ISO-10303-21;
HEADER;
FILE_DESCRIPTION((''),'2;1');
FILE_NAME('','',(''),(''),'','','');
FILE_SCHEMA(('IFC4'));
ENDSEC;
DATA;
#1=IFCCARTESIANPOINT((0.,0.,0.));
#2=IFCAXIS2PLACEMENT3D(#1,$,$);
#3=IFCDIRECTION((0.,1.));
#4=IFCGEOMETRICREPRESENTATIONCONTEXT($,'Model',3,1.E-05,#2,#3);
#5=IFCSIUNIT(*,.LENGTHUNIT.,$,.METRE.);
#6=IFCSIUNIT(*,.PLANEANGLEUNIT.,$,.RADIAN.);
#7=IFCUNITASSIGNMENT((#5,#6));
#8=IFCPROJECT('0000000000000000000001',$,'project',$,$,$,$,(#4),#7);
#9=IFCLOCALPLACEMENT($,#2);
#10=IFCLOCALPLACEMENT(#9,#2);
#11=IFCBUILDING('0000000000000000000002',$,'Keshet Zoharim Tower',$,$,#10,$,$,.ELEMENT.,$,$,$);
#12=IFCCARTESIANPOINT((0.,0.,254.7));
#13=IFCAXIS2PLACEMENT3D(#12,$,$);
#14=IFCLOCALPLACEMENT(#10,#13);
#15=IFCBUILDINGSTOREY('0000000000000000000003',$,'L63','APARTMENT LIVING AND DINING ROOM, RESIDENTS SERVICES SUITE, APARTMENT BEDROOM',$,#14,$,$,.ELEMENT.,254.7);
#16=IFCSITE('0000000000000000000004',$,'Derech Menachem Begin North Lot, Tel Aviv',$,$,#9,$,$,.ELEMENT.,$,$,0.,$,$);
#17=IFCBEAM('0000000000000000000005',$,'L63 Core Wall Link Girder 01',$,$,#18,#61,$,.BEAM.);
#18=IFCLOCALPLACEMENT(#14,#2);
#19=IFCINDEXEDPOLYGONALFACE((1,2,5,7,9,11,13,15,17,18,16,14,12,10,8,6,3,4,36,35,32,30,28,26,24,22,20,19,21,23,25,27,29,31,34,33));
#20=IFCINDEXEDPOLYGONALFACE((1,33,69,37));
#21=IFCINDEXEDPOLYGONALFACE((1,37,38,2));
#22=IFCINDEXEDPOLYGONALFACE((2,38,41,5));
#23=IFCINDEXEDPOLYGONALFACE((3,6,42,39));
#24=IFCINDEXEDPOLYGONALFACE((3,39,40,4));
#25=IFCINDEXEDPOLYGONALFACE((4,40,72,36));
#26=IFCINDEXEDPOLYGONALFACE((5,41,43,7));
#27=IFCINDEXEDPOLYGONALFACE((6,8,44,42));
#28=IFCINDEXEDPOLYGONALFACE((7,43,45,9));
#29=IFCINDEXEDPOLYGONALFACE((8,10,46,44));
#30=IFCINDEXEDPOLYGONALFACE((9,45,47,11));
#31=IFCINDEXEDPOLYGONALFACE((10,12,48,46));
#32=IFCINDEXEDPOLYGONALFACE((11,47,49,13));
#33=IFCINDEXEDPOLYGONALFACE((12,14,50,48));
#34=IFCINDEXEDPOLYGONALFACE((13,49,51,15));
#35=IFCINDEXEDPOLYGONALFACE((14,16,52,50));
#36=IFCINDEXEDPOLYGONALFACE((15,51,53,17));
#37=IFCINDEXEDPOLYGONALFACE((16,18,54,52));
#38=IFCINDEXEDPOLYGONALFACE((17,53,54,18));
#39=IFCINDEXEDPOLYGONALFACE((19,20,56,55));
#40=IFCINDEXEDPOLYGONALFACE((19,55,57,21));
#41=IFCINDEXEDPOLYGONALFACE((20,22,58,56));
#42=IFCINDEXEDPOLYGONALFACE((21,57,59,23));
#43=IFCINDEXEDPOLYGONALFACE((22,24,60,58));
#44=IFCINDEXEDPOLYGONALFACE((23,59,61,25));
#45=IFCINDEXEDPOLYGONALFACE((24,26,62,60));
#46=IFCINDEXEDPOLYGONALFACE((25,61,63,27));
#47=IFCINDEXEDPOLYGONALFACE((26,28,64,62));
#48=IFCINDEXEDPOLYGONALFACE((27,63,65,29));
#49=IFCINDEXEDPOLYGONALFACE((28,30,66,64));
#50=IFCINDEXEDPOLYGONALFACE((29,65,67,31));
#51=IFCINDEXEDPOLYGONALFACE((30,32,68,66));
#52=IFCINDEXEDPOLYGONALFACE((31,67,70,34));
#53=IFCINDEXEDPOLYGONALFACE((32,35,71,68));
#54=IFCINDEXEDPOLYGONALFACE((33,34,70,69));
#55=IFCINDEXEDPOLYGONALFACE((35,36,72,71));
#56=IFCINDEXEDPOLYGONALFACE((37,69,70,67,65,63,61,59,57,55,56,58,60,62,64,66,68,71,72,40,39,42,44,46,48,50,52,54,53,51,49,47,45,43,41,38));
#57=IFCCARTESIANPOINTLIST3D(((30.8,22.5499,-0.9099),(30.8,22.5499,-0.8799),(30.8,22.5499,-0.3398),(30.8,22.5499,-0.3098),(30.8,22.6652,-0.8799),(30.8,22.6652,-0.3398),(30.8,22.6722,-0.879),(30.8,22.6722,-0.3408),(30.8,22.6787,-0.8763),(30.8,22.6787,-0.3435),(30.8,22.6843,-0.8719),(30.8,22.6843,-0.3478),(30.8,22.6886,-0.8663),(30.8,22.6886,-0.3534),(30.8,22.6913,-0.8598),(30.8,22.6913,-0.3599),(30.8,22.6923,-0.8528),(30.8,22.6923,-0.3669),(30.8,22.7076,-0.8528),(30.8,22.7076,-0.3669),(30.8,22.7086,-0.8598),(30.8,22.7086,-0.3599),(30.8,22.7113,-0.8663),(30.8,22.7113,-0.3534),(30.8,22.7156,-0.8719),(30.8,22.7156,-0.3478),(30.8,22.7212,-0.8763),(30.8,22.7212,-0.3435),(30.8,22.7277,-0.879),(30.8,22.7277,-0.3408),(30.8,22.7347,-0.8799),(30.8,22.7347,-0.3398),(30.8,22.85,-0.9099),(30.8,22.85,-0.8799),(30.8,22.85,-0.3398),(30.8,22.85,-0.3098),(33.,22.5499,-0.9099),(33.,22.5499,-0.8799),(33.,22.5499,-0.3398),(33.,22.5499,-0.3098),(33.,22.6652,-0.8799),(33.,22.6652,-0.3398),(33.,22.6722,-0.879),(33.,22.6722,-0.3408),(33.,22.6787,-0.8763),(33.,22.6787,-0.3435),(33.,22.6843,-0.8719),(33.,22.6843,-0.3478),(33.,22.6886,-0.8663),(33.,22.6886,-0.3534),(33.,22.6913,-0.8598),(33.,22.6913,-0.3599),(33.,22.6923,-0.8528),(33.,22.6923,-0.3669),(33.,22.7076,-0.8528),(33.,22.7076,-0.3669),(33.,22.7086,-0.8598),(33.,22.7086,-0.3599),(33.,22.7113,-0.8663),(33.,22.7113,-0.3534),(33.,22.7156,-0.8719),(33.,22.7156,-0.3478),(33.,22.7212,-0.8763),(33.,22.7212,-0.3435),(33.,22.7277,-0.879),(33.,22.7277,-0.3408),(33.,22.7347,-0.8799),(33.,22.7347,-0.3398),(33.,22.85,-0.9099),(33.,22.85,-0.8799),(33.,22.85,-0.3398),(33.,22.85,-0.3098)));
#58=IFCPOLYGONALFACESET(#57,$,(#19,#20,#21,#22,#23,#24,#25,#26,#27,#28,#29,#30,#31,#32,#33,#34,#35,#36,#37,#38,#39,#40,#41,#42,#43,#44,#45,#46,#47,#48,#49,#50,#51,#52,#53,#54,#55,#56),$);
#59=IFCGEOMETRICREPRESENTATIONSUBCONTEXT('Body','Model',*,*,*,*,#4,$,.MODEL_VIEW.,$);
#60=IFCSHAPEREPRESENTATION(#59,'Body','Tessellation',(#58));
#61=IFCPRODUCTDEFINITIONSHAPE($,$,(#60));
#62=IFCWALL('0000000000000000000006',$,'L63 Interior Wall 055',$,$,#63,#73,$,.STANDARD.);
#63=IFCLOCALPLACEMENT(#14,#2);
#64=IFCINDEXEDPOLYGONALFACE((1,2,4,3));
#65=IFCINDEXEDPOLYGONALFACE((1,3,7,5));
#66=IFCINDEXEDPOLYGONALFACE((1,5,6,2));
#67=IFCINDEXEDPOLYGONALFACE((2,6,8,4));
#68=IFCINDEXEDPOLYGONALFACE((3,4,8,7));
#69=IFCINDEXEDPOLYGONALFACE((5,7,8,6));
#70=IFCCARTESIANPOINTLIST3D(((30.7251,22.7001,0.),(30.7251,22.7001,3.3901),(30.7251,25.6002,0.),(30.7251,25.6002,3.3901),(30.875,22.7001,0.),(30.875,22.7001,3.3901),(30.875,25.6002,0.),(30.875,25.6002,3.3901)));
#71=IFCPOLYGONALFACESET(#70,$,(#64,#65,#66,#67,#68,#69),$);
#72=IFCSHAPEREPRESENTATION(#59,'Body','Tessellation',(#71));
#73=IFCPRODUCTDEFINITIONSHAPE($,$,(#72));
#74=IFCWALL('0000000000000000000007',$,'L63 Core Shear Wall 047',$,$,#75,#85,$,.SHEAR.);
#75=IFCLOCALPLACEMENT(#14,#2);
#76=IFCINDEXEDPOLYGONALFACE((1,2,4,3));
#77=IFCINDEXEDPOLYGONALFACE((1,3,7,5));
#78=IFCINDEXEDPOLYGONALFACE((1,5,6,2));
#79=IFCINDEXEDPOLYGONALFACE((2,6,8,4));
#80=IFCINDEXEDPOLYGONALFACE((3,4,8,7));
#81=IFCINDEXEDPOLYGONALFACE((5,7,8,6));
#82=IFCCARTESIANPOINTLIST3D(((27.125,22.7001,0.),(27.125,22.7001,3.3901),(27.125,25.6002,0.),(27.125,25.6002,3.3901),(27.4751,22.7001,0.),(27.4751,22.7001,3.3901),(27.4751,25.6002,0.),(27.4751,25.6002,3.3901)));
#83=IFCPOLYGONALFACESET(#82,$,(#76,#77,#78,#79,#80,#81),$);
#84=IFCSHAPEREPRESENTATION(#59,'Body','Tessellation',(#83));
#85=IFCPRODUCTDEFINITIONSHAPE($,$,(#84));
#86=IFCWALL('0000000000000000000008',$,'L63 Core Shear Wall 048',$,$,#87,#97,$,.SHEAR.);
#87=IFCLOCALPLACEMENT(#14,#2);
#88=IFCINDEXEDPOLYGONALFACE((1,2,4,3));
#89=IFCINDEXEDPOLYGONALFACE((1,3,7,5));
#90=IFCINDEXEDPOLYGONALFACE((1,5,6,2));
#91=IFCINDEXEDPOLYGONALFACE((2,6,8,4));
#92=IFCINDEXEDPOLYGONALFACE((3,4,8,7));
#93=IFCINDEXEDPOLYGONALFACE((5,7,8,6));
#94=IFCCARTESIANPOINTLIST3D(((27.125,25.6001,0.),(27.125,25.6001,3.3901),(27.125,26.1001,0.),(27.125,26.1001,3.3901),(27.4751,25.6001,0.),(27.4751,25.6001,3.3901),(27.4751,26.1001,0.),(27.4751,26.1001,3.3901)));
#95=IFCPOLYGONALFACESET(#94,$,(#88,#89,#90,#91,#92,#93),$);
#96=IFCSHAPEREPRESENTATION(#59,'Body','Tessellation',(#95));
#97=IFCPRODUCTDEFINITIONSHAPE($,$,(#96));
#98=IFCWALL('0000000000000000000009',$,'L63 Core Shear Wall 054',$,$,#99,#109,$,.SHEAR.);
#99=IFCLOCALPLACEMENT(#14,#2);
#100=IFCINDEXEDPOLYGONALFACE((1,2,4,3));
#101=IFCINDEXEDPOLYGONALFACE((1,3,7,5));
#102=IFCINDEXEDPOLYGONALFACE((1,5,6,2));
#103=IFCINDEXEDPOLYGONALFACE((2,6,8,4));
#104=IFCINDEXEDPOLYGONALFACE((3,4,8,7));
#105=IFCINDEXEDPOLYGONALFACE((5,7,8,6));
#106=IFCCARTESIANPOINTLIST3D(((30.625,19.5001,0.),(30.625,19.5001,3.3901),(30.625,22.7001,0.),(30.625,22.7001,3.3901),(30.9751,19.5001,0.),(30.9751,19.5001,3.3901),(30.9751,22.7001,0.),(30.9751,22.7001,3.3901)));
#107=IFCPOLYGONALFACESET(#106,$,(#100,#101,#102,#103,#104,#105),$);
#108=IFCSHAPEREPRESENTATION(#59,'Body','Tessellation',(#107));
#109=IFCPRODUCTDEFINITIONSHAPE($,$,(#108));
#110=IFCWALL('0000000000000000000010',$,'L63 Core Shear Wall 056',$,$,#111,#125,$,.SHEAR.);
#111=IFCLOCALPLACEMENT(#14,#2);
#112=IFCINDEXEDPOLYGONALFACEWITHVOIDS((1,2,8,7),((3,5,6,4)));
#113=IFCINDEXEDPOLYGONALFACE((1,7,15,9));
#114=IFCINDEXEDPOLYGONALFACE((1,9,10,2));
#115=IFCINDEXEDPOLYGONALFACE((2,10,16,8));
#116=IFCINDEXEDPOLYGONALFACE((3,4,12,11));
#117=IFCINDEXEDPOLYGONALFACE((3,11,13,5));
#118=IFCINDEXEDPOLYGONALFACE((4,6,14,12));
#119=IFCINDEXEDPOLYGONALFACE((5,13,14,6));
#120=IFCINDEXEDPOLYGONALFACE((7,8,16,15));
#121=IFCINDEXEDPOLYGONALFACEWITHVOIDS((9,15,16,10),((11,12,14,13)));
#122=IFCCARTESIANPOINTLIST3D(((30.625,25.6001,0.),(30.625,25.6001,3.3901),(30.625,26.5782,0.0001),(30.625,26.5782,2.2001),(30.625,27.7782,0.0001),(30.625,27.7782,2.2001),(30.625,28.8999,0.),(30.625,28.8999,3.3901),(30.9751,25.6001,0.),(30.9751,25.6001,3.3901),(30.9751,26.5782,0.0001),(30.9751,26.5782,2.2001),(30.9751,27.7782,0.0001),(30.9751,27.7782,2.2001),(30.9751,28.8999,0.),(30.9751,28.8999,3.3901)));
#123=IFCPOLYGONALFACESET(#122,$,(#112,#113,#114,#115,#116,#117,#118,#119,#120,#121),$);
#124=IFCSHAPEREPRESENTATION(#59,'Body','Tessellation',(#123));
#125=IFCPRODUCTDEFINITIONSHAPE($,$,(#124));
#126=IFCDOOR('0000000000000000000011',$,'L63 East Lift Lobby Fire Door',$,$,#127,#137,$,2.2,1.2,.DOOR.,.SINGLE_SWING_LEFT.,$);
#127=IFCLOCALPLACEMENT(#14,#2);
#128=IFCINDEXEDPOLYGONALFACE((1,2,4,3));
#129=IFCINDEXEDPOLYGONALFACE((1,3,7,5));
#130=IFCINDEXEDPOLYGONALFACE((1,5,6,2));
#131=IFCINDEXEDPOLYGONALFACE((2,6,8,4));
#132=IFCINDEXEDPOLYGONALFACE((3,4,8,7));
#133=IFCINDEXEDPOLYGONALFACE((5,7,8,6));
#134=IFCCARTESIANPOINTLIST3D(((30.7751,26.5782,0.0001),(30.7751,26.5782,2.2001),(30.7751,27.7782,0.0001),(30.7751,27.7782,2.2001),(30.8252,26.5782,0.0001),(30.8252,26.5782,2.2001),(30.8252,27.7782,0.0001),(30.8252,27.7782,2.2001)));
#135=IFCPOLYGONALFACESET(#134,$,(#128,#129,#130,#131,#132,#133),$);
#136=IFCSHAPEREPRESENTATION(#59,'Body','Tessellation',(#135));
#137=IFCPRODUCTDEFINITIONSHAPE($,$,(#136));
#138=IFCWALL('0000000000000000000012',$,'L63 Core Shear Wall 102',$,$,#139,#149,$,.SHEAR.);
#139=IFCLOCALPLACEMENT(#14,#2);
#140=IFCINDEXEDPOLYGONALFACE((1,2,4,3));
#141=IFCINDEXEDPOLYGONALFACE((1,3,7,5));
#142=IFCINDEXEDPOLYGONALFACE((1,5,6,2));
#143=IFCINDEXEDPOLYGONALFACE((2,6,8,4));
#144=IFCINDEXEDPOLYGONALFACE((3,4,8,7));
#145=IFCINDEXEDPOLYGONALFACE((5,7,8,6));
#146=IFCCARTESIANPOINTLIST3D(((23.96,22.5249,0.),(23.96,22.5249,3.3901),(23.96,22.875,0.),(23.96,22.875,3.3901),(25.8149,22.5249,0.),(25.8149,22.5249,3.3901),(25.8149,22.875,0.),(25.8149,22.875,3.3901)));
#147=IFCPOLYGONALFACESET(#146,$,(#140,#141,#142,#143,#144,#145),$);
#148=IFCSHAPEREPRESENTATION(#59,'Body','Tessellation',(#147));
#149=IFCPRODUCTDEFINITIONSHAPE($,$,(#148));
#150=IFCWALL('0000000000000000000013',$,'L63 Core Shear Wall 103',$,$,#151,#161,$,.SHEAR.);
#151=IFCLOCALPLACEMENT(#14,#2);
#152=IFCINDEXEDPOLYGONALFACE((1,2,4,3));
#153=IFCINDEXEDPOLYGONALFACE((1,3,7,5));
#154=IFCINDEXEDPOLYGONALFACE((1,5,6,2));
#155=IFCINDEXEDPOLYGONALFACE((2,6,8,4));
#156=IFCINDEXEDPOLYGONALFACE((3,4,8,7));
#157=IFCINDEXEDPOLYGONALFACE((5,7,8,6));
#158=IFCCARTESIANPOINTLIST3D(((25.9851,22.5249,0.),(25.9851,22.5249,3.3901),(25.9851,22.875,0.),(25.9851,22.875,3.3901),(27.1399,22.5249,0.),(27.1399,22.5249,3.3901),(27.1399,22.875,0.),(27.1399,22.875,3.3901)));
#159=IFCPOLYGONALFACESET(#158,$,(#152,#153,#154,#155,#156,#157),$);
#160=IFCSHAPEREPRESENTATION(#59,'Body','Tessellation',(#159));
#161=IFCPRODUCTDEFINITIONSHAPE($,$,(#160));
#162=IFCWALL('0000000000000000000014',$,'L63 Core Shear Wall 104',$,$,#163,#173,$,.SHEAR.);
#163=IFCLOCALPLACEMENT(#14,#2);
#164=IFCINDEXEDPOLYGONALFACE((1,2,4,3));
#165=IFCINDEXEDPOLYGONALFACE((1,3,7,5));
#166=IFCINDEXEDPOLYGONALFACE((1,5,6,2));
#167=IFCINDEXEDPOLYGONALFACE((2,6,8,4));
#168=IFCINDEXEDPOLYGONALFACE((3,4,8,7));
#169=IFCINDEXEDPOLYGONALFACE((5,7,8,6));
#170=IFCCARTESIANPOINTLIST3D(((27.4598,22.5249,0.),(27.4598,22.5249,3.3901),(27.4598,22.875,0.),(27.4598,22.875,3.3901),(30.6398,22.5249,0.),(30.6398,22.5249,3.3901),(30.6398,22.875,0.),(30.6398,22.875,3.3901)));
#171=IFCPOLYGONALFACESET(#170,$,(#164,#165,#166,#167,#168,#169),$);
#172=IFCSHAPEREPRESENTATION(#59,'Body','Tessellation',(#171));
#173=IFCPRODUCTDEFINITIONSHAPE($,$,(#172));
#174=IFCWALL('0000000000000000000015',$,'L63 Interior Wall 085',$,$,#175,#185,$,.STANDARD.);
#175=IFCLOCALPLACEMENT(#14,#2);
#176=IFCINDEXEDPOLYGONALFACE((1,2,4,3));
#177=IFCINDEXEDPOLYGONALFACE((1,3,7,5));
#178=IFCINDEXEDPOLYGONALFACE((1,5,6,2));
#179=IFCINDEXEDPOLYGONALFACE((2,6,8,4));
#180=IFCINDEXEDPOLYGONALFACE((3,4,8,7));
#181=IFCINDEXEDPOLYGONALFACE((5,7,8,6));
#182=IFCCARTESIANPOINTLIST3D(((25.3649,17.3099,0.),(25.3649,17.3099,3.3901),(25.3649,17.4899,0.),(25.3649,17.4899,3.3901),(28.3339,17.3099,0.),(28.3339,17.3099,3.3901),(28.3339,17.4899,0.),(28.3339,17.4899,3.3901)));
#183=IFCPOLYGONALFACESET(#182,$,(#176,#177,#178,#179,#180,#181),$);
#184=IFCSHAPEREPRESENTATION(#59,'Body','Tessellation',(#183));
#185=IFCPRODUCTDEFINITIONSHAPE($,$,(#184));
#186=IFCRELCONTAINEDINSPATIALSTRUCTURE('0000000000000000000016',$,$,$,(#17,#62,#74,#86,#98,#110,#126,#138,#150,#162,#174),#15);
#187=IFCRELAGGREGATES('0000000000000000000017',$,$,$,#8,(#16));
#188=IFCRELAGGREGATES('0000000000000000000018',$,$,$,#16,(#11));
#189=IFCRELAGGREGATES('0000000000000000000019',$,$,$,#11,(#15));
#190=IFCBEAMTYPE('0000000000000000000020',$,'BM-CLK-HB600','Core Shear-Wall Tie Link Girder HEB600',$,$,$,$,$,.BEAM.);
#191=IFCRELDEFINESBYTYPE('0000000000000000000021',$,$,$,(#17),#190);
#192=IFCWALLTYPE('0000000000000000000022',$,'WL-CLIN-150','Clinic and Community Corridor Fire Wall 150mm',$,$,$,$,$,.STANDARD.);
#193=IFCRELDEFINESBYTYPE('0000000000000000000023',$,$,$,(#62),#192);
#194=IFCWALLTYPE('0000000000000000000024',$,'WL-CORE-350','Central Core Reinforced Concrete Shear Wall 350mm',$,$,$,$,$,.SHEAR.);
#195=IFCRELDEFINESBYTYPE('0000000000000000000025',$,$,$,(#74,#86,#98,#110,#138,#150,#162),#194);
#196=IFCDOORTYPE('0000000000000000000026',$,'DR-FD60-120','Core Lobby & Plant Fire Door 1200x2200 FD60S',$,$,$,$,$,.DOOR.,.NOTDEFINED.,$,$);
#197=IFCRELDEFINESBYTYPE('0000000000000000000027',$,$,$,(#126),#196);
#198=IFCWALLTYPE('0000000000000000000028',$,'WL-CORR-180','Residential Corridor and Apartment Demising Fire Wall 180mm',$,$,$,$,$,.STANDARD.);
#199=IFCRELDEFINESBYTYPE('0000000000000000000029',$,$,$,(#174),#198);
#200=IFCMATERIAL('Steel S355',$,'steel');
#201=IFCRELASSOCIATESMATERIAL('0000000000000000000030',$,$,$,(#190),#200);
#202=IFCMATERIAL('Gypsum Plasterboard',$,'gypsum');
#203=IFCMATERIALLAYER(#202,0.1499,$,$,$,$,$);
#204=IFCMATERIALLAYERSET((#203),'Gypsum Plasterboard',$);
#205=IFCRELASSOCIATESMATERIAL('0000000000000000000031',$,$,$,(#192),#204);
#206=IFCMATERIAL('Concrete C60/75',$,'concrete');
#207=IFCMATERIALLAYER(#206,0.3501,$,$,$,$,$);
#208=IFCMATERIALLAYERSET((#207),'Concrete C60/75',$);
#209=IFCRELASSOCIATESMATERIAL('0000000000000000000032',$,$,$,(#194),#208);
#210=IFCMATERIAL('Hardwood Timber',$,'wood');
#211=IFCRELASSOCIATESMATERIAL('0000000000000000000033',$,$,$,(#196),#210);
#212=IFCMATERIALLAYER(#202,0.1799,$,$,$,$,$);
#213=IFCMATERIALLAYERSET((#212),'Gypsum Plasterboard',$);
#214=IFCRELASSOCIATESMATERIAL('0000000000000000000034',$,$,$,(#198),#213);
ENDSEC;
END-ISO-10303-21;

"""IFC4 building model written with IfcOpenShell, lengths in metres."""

from ifc_helpers import new_model, si_unit, direction, frame, frame_2d, origin, origin_2d, place, context, subcontext, project, spatial, rectangle, i_section, extrude, material, layer, layer_set, material_profile, profile_set, type_object, element, fill, save


model = new_model("IFC4")

# Units and contexts
model_context = context("Model", 3, precision=1e-05, world=origin(), true_north=direction((0.0, 1.0)))
body_context = subcontext(model_context, "Body", "Model", "MODEL_VIEW")
ifc_project = project(units=[si_unit("LENGTHUNIT", "METRE"), si_unit("PLANEANGLEUNIT", "RADIAN")], contexts=[model_context])

# Site, building, storey
site_placement = place(None, origin())
site = spatial("IfcSite", under=ifc_project, at=site_placement, Name="Derech Menachem Begin North Lot, Tel Aviv", CompositionType="ELEMENT", RefElevation=0.0)
building_placement = place(site_placement, origin())
building = spatial("IfcBuilding", under=site, at=building_placement, Name="Keshet Zoharim Tower", CompositionType="ELEMENT")
storey_placement = place(building_placement, frame((0.0, 0.0, 254.7)))
storey = spatial("IfcBuildingStorey", under=building, at=storey_placement, Name="L63", Description="APARTMENT LIVING AND DINING ROOM, RESIDENTS SERVICES SUITE, APARTMENT BEDROOM", CompositionType="ELEMENT", Elevation=254.7)

# Beam
ifc_material_1 = material(Name="Steel S355", Category="steel")
ifc_material_profile = material_profile(ifc_material_1, i_section(OverallWidth=0.3, OverallDepth=0.6001, WebThickness=0.0154, FlangeThickness=0.03, FilletRadius=0.0271, at=origin_2d()), Name="HEB600")
ifc_profile_set = profile_set([ifc_material_profile], Name="Steel S355")
beam_type = type_object("IfcBeamType", Name="BM-CLK-HB600", Description="Core Shear-Wall Tie Link Girder HEB600", PredefinedType="BEAM", material=ifc_profile_set)
beam_placement = place(storey_placement, frame((30.8, 22.7, -0.6099), z_axis=(1.0, 0.0, 0.0), x_axis=(0.0, 1.0, 0.0)))
element("IfcBeam", 1, at=beam_placement, inside=storey, type_object=beam_type, Name="L63 Core Wall Link Girder 01", PredefinedType="BEAM", context=body_context, shape_type="SweptSolid", body=[
    extrude(i_section(OverallWidth=0.3, OverallDepth=0.6001, WebThickness=0.0154, FlangeThickness=0.03, FilletRadius=0.0271, at=origin_2d()), origin(), (0.0, 0.0, 1.0), 2.2),
])

# Wall
ifc_material_2 = material(Name="Gypsum Plasterboard", Category="gypsum")
ifc_layer_1 = layer(ifc_material_2, 0.1499)
ifc_layer_set_1 = layer_set([ifc_layer_1], Name="Gypsum Plasterboard")
wall_type_1 = type_object("IfcWallType", Name="WL-CLIN-150", Description="Clinic and Community Corridor Fire Wall 150mm", PredefinedType="STANDARD", material=ifc_layer_set_1)
wall_1_placement = place(storey_placement, frame((30.8, 22.7, 0.0), z_axis=(0.0, 0.0, 1.0), x_axis=(0.0, 1.0, 0.0)))
element("IfcWall", 2, at=wall_1_placement, inside=storey, type_object=wall_type_1, Name="L63 Interior Wall 055", PredefinedType="STANDARD", context=body_context, shape_type="SweptSolid", body=[
    extrude(rectangle(XDim=2.9001, YDim=0.1499, at=frame_2d((1.4502, 0.0))), origin(), (0.0, 0.0, 1.0), 3.3901),
])

# Shared definitions
ifc_material_3 = material(Name="Concrete C60/75", Category="concrete")
ifc_layer_2 = layer(ifc_material_3, 0.3501)
ifc_layer_set_2 = layer_set([ifc_layer_2], Name="Concrete C60/75")
wall_type_2 = type_object("IfcWallType", Name="WL-CORE-350", Description="Central Core Reinforced Concrete Shear Wall 350mm", PredefinedType="SHEAR", material=ifc_layer_set_2)
ifc_material_4 = material(Name="Hardwood Timber", Category="wood")

# Walls
wall_2_placement = place(storey_placement, frame((27.3, 22.7, 0.0), z_axis=(0.0, 0.0, 1.0), x_axis=(0.0, 1.0, 0.0)))
element("IfcWall", 3, at=wall_2_placement, inside=storey, type_object=wall_type_2, Name="L63 Core Shear Wall 047", PredefinedType="SHEAR", context=body_context, shape_type="SweptSolid", body=[
    extrude(rectangle(XDim=2.9001, YDim=0.3501, at=frame_2d((1.4502, 0.0))), origin(), (0.0, 0.0, 1.0), 3.3901),
])
wall_3_placement = place(storey_placement, frame((27.3, 25.6001, 0.0), z_axis=(0.0, 0.0, 1.0), x_axis=(0.0, 1.0, 0.0)))
element("IfcWall", 4, at=wall_3_placement, inside=storey, type_object=wall_type_2, Name="L63 Core Shear Wall 048", PredefinedType="SHEAR", context=body_context, shape_type="SweptSolid", body=[
    extrude(rectangle(XDim=0.5, YDim=0.3501, at=frame_2d((0.25, 0.0))), origin(), (0.0, 0.0, 1.0), 3.3901),
])
wall_4_placement = place(storey_placement, frame((30.8, 19.5, 0.0), z_axis=(0.0, 0.0, 1.0), x_axis=(0.0, 1.0, 0.0)))
element("IfcWall", 5, at=wall_4_placement, inside=storey, type_object=wall_type_2, Name="L63 Core Shear Wall 054", PredefinedType="SHEAR", context=body_context, shape_type="SweptSolid", body=[
    extrude(rectangle(XDim=3.2, YDim=0.3501, at=frame_2d((1.6001, 0.0))), origin(), (0.0, 0.0, 1.0), 3.3901),
])

# Wall, opening, door
wall_5_placement = place(storey_placement, frame((30.8, 25.6001, 0.0), z_axis=(0.0, 0.0, 1.0), x_axis=(0.0, 1.0, 0.0)))
wall_5 = element("IfcWall", 6, at=wall_5_placement, inside=storey, type_object=wall_type_2, Name="L63 Core Shear Wall 056", PredefinedType="SHEAR", context=body_context, shape_type="SweptSolid", body=[
    extrude(rectangle(XDim=3.2998, YDim=0.3501, at=frame_2d((1.6499, 0.0))), origin(), (0.0, 0.0, 1.0), 3.3901),
])
opening_1_placement = place(wall_5_placement, frame((0.978, 0.0, 0.0)))
opening_1 = element("IfcOpeningElement", 7, at=opening_1_placement, cuts=wall_5, PredefinedType="OPENING", context=body_context, shape_type="SweptSolid", body=[
    extrude(rectangle(XDim=1.2, YDim=2.2, at=frame_2d((0.6001, 1.1001))), frame((0.0, 0.1851, 0.0), z_axis=(0.0, -1.0, 0.0), x_axis=(1.0, 0.0, 0.0)), (0.0, 0.0, 1.0), 0.3701),
])
door_type_1 = type_object("IfcDoorType", Name="DR-FD60-120", Description="Core Lobby & Plant Fire Door 1200x2200 FD60S", OperationType="NOTDEFINED", PredefinedType="DOOR", material=ifc_material_4)
door_1_placement = place(opening_1_placement, origin())
door_1 = element("IfcDoor", 8, at=door_1_placement, inside=storey, type_object=door_type_1, Name="L63 East Lift Lobby Fire Door", OperationType="SINGLE_SWING_LEFT", OverallHeight=2.2, OverallWidth=1.2, PredefinedType="DOOR", context=body_context, shape_type="SweptSolid", body=[
    extrude(rectangle(XDim=1.2, YDim=2.2, at=frame_2d((0.6001, 1.1001))), frame((0.0, 0.0249, 0.0), z_axis=(0.0, -1.0, 0.0), x_axis=(1.0, 0.0, 0.0)), (0.0, 0.0, 1.0), 0.05),
])
fill(opening_1, door_1)

# Walls
wall_6_placement = place(storey_placement, frame((23.96, 22.7, 0.0), z_axis=(0.0, 0.0, 1.0), x_axis=(1.0, 0.0, 0.0)))
element("IfcWall", 9, at=wall_6_placement, inside=storey, type_object=wall_type_2, Name="L63 Core Shear Wall 102", PredefinedType="SHEAR", context=body_context, shape_type="SweptSolid", body=[
    extrude(rectangle(XDim=1.855, YDim=0.3501, at=frame_2d((0.9275, 0.0))), origin(), (0.0, 0.0, 1.0), 3.3901),
])
wall_7_placement = place(storey_placement, frame((25.9851, 22.7, 0.0), z_axis=(0.0, 0.0, 1.0), x_axis=(1.0, 0.0, 0.0)))
element("IfcWall", 10, at=wall_7_placement, inside=storey, type_object=wall_type_2, Name="L63 Core Shear Wall 103", PredefinedType="SHEAR", context=body_context, shape_type="SweptSolid", body=[
    extrude(rectangle(XDim=1.1548, YDim=0.3501, at=frame_2d((0.5774, 0.0))), origin(), (0.0, 0.0, 1.0), 3.3901),
])
wall_8_placement = place(storey_placement, frame((27.46, 22.7, 0.0), z_axis=(0.0, 0.0, 1.0), x_axis=(1.0, 0.0, 0.0)))
element("IfcWall", 11, at=wall_8_placement, inside=storey, type_object=wall_type_2, Name="L63 Core Shear Wall 104", PredefinedType="SHEAR", context=body_context, shape_type="SweptSolid", body=[
    extrude(rectangle(XDim=3.1799, YDim=0.3501, at=frame_2d((1.5898, 0.0))), origin(), (0.0, 0.0, 1.0), 3.3901),
])

# Wall
ifc_layer_3 = layer(ifc_material_2, 0.1799)
ifc_layer_set_3 = layer_set([ifc_layer_3], Name="Gypsum Plasterboard")
wall_type_3 = type_object("IfcWallType", Name="WL-CORR-180", Description="Residential Corridor and Apartment Demising Fire Wall 180mm", PredefinedType="STANDARD", material=ifc_layer_set_3)
wall_9_placement = place(storey_placement, frame((25.365, 17.3999, 0.0), z_axis=(0.0, 0.0, 1.0), x_axis=(1.0, 0.0, 0.0)))
element("IfcWall", 12, at=wall_9_placement, inside=storey, type_object=wall_type_3, Name="L63 Interior Wall 085", PredefinedType="STANDARD", context=body_context, shape_type="SweptSolid", body=[
    extrude(rectangle(XDim=2.969, YDim=0.1799, at=frame_2d((1.4844, 0.0))), origin(), (0.0, 0.0, 1.0), 3.3901),
])

save(model, "model.ifc")
